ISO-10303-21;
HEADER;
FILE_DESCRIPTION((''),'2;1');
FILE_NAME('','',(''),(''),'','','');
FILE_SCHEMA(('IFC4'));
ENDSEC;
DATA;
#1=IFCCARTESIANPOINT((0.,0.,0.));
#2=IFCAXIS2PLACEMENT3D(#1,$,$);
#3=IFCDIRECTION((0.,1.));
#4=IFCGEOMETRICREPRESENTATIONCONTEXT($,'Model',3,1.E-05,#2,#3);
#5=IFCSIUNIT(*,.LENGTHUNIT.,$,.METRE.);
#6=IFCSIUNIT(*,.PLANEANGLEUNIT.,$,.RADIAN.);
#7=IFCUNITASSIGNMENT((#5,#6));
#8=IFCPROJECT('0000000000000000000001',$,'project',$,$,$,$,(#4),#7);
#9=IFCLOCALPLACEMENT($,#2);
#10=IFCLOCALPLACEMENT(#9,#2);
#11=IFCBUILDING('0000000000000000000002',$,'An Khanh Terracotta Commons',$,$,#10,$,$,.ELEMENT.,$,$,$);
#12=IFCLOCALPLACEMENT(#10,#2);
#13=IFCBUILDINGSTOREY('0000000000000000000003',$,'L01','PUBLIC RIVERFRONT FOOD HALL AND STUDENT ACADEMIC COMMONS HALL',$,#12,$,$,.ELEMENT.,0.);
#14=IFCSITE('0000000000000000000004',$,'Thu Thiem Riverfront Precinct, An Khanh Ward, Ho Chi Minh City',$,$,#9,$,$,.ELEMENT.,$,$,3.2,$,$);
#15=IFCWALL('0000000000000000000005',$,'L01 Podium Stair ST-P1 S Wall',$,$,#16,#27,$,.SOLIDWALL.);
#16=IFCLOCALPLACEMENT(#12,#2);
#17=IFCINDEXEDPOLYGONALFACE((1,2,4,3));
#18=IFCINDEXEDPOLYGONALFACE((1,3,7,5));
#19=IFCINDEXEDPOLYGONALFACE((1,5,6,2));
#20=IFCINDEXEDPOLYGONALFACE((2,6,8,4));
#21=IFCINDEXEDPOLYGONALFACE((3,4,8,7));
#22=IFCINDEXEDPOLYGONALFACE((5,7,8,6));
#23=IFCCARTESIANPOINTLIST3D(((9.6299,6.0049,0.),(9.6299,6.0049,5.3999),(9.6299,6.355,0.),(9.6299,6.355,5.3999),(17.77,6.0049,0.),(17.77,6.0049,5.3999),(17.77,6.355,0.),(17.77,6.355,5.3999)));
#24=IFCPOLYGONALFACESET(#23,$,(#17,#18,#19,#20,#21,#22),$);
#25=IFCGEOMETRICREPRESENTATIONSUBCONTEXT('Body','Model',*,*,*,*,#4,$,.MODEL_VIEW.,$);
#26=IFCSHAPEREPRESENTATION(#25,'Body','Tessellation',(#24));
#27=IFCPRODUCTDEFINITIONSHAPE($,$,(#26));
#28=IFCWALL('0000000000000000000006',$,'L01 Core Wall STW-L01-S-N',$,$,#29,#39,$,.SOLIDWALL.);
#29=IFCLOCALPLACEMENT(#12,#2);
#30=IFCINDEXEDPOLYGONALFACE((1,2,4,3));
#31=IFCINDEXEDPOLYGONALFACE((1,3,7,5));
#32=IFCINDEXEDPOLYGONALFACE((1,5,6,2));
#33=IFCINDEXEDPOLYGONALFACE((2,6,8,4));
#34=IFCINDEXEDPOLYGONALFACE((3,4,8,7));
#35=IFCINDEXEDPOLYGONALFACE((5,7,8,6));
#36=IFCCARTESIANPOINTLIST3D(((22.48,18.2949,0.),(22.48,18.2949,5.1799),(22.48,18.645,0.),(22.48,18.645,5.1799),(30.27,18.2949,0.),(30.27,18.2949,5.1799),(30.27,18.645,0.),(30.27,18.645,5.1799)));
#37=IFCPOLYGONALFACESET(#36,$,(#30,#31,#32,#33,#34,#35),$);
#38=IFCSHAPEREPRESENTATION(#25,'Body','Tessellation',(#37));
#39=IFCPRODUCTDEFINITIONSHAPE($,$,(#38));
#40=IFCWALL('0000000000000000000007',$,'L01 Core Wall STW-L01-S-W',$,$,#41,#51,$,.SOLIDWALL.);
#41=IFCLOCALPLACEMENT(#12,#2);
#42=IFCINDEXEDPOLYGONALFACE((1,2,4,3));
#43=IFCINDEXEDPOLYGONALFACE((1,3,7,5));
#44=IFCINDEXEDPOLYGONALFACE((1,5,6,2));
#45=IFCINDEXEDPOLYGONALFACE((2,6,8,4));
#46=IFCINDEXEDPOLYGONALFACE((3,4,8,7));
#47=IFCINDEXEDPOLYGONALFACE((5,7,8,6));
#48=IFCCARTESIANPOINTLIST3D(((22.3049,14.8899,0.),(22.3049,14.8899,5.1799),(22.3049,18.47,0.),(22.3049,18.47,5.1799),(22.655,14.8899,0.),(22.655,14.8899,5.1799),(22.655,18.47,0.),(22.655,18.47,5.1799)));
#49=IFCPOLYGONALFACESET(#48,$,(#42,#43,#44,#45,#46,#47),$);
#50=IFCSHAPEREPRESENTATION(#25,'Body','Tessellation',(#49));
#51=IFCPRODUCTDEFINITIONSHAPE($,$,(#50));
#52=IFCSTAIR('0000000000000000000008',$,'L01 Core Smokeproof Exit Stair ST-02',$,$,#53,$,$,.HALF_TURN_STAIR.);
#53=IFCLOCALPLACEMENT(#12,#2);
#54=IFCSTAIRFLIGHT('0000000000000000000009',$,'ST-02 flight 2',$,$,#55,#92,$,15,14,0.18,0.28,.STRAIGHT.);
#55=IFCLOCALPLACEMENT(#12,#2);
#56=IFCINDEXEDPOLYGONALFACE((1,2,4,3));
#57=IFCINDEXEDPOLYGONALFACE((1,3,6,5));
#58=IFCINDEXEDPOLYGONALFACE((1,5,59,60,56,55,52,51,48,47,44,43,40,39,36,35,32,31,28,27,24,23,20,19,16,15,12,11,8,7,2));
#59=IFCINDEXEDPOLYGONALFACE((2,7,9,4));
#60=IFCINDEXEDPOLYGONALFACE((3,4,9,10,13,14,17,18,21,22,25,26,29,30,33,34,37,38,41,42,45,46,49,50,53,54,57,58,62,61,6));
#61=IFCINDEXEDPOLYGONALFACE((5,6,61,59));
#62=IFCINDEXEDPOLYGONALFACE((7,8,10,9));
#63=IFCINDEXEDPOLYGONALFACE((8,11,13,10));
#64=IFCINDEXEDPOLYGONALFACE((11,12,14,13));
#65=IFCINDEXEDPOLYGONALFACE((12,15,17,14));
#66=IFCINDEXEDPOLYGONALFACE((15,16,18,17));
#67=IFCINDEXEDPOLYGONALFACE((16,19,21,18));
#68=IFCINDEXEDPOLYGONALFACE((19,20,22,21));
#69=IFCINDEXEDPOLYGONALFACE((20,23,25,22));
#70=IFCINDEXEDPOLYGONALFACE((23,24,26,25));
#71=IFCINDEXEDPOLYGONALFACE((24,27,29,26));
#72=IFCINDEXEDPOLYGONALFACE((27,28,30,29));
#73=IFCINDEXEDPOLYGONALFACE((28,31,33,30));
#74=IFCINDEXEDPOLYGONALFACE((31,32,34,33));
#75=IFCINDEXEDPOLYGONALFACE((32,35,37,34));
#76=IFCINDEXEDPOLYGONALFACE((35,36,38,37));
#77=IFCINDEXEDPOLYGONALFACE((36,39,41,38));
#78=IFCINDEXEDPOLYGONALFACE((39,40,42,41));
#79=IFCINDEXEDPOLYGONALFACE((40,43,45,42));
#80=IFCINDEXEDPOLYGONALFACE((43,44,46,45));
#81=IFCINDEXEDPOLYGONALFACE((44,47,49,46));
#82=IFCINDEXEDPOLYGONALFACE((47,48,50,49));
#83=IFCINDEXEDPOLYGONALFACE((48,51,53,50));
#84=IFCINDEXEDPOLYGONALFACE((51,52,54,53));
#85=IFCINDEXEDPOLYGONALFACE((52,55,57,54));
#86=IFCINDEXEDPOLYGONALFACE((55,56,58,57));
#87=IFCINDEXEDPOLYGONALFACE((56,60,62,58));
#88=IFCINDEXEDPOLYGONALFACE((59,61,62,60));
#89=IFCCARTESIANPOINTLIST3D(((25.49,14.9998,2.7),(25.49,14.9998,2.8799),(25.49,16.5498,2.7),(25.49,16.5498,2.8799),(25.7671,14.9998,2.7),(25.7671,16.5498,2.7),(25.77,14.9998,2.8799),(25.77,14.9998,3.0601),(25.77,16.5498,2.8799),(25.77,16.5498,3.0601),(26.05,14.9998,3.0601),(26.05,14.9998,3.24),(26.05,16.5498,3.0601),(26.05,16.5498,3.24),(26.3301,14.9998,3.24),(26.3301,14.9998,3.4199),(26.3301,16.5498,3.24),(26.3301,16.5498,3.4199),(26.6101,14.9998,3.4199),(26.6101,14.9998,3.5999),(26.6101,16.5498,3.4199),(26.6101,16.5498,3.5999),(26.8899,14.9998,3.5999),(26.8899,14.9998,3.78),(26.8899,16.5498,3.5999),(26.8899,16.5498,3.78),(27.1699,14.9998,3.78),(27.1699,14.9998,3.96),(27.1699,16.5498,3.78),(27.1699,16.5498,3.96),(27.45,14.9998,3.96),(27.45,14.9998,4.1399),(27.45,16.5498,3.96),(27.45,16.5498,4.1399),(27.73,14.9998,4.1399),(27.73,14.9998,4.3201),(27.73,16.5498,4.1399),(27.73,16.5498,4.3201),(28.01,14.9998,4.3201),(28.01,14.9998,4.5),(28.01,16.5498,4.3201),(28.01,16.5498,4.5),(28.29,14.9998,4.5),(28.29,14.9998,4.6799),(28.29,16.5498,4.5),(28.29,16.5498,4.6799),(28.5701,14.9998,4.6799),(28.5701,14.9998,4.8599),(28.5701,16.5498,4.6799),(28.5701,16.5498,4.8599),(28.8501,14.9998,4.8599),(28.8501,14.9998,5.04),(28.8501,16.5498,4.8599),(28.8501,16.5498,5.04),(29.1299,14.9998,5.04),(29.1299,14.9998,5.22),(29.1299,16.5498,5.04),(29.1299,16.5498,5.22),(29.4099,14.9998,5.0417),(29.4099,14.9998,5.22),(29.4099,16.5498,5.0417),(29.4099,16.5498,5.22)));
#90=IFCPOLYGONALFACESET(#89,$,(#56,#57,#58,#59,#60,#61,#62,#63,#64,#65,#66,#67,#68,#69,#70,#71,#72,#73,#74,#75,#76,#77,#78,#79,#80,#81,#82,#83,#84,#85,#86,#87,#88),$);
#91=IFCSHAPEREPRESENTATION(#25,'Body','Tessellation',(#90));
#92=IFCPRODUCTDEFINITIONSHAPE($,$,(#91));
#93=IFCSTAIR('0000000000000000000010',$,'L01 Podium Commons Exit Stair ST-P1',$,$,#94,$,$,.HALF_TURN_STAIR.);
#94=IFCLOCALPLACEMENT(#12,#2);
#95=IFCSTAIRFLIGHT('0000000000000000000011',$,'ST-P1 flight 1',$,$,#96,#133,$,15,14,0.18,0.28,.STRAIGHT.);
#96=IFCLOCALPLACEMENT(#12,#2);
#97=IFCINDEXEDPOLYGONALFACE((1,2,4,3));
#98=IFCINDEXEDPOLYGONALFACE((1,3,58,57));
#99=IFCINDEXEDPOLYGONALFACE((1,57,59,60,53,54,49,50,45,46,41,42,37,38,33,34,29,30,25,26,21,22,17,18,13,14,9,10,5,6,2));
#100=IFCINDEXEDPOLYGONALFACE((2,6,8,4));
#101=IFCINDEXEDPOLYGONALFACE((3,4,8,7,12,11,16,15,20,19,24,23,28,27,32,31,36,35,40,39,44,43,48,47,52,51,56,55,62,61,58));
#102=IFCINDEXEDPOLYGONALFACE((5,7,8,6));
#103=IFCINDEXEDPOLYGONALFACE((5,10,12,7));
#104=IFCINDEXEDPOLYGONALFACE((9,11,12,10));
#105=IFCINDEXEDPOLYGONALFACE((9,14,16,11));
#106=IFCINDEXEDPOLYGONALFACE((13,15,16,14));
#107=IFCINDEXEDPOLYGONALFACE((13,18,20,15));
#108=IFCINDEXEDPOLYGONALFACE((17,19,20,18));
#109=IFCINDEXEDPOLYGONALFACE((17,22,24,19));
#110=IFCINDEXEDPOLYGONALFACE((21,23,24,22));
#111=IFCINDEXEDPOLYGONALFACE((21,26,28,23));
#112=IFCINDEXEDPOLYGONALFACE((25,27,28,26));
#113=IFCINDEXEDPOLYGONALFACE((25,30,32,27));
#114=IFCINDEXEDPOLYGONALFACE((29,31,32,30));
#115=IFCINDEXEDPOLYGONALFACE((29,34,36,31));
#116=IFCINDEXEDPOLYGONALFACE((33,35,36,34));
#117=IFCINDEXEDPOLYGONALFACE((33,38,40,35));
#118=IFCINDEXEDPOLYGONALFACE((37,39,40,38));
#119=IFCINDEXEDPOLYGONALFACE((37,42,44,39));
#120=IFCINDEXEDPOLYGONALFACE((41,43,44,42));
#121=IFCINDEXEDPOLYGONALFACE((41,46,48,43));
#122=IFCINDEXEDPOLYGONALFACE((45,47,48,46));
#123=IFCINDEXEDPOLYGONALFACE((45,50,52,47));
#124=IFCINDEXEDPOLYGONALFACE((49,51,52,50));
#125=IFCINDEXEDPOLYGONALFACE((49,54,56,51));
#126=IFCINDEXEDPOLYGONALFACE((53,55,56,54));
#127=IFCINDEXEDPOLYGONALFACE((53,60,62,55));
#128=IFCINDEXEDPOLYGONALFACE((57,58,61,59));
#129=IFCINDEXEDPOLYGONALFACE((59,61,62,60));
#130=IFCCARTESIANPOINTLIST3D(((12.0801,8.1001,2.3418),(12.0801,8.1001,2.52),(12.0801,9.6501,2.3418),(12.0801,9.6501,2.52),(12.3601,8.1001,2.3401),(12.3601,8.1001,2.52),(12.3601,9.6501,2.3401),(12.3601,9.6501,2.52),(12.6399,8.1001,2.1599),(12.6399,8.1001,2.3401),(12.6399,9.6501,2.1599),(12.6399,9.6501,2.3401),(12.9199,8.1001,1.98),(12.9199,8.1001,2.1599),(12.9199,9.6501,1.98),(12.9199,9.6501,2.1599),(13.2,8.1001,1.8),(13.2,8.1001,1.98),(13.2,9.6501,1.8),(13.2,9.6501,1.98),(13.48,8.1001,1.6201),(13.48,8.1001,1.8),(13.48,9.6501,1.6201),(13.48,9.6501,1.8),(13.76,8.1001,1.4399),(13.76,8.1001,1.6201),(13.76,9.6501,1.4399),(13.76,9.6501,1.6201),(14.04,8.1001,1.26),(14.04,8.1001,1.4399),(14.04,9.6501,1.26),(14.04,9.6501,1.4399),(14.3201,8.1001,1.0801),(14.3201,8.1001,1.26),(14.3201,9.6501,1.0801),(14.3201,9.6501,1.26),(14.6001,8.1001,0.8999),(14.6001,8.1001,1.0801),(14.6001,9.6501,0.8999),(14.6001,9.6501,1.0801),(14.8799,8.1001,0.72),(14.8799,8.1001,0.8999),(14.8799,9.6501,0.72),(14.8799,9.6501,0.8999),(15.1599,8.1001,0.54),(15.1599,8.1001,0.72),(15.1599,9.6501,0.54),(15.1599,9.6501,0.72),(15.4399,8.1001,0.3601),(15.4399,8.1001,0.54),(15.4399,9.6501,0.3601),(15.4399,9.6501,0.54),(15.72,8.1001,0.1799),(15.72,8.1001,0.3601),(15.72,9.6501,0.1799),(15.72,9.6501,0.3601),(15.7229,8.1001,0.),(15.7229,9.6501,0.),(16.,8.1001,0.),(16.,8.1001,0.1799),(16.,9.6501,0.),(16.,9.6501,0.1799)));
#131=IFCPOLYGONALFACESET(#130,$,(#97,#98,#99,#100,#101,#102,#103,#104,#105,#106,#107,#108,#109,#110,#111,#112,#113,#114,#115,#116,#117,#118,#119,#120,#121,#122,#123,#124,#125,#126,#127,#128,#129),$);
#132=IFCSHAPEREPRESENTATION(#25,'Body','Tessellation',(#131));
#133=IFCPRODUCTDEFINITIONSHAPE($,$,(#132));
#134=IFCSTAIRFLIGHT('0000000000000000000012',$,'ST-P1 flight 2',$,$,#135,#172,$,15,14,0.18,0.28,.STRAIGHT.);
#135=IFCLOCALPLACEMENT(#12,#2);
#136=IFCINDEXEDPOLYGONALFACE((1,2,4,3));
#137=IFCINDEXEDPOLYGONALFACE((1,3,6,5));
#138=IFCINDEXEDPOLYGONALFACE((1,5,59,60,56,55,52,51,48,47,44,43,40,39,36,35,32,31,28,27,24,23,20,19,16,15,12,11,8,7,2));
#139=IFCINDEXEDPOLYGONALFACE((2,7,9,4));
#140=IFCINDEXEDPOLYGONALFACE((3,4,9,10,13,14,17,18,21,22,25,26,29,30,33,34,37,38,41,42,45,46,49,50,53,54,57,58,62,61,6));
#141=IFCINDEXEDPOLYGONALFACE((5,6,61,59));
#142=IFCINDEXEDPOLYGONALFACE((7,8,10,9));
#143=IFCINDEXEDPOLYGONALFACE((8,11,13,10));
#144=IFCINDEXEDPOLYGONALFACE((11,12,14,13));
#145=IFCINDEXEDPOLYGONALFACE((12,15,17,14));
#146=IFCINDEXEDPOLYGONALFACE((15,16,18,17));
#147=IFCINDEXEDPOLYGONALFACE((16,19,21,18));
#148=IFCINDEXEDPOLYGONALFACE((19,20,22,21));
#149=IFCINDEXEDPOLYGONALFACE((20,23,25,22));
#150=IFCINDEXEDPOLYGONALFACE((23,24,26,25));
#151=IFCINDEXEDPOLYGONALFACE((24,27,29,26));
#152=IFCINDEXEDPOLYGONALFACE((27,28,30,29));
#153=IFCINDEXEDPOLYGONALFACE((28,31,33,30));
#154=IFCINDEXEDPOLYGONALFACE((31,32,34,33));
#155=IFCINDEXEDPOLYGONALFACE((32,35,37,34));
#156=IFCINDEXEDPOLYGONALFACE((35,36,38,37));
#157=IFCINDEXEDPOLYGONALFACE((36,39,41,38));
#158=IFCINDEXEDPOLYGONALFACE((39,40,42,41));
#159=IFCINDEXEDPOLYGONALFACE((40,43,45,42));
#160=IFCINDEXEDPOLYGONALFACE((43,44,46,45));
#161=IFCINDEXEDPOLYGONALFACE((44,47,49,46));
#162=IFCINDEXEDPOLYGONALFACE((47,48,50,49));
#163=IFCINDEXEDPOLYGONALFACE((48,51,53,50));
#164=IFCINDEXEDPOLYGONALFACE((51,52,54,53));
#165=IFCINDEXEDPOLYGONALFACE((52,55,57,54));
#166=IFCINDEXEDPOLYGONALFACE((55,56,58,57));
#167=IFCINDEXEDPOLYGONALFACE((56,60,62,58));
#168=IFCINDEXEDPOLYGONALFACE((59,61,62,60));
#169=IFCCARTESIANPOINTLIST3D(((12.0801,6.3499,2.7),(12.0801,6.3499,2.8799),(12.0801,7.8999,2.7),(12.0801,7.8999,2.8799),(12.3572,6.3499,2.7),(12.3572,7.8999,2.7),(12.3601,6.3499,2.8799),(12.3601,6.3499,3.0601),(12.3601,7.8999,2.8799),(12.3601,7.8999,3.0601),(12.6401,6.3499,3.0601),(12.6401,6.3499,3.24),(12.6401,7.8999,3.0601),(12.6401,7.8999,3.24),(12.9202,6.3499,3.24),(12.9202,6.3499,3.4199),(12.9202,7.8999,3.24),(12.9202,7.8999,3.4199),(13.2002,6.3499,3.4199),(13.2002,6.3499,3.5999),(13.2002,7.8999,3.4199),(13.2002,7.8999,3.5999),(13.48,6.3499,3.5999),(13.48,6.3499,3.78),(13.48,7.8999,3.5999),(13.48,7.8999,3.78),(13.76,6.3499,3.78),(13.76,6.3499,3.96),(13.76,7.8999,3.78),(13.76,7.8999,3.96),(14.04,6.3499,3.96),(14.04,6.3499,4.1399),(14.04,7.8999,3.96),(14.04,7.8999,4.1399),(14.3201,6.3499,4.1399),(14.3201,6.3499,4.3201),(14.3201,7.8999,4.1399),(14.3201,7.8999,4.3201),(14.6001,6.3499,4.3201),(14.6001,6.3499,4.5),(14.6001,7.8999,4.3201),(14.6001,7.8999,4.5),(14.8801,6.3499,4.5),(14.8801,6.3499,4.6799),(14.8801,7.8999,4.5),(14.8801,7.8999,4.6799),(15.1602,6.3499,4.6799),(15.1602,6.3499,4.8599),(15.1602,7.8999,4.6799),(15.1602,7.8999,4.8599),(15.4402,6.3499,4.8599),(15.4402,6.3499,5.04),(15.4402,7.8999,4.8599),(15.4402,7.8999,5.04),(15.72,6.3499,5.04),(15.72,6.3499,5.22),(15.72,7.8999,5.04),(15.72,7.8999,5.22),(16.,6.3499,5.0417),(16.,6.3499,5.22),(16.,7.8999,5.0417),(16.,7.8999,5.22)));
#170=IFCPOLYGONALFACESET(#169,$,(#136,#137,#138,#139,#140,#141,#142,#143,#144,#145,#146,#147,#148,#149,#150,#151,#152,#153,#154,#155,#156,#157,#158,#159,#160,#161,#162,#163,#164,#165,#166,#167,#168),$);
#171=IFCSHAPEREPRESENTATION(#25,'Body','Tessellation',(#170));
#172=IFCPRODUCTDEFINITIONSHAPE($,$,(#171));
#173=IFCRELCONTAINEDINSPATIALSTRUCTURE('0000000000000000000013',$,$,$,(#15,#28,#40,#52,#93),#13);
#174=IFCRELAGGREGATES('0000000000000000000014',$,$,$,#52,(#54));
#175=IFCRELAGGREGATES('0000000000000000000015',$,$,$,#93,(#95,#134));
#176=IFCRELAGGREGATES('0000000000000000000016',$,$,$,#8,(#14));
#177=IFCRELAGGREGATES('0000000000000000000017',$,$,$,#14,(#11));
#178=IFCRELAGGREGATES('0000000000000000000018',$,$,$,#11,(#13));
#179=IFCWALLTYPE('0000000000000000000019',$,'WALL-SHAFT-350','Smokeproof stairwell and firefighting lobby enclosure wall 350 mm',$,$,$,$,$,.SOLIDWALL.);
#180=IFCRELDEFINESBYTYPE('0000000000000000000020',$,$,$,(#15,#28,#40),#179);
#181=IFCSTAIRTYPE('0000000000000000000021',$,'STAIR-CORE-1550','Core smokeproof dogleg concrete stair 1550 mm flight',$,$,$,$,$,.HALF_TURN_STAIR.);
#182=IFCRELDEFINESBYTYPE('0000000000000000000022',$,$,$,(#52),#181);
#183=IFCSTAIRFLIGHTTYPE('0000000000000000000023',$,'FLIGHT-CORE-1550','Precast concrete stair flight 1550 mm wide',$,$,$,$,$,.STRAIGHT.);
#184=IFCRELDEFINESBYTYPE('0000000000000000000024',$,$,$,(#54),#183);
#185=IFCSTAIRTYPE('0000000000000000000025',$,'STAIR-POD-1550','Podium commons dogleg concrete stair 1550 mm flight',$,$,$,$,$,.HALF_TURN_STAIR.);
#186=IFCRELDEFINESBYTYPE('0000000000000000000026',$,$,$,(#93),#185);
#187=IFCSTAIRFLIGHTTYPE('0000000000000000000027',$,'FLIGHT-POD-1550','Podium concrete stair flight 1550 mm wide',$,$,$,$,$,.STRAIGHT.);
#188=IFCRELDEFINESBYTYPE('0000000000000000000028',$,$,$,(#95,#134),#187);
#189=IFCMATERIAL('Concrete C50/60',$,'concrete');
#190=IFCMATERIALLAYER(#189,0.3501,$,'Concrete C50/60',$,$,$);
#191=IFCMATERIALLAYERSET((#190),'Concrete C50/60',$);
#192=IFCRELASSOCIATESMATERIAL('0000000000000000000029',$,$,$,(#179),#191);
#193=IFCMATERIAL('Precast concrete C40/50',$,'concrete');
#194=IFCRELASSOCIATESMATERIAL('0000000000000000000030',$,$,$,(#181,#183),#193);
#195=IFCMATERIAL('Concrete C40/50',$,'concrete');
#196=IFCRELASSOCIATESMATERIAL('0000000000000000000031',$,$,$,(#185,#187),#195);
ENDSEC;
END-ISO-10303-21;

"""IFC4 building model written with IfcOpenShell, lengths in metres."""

from ifc_helpers import new_model, si_unit, direction, frame, frame_2d, origin, place, context, subcontext, project, spatial, polyline, rectangle, outline, extrude, material, layer, layer_set, type_object, element, aggregate, save


model = new_model("IFC4")

# Units and contexts
model_context = context("Model", 3, precision=1e-05, world=origin(), true_north=direction((0.0, 1.0)))
body_context = subcontext(model_context, "Body", "Model", "MODEL_VIEW")
ifc_project = project(units=[si_unit("LENGTHUNIT", "METRE"), si_unit("PLANEANGLEUNIT", "RADIAN")], contexts=[model_context])

# Site, building, storey
site_placement = place(None, origin())
site = spatial("IfcSite", under=ifc_project, at=site_placement, Name="Thu Thiem Riverfront Precinct, An Khanh Ward, Ho Chi Minh City", CompositionType="ELEMENT", RefElevation=3.2)
building_placement = place(site_placement, origin())
building = spatial("IfcBuilding", under=site, at=building_placement, Name="An Khanh Terracotta Commons", CompositionType="ELEMENT")
storey_placement = place(building_placement, origin())
storey = spatial("IfcBuildingStorey", under=building, at=storey_placement, Name="L01", Description="PUBLIC RIVERFRONT FOOD HALL AND STUDENT ACADEMIC COMMONS HALL", CompositionType="ELEMENT", Elevation=0.0)

# Wall
ifc_material_1 = material(Name="Concrete C50/60", Category="concrete")
ifc_layer_1 = layer(ifc_material_1, 0.3501, Name="Concrete C50/60")
ifc_layer_set_1 = layer_set([ifc_layer_1], Name="Concrete C50/60")
wall_type_1 = type_object("IfcWallType", Name="WALL-SHAFT-350", Description="Smokeproof stairwell and firefighting lobby enclosure wall 350 mm", PredefinedType="SOLIDWALL", material=ifc_layer_set_1)
for number, where, z_axis, x_axis, name in (
    (1, (17.77, 6.1799, 0.0), (0.0, 0.0, 1.0), (-1.0, 0.0, 0.0), "L01 Podium Stair ST-P1 S Wall"),
):
    element("IfcWall", number, at=place(storey_placement, frame(where, z_axis=z_axis, x_axis=x_axis)), inside=storey, type_object=wall_type_1, Name=name, PredefinedType="SOLIDWALL", context=body_context, shape_type="SweptSolid", body=[
        extrude(rectangle(XDim=8.1401, YDim=0.3501, at=frame_2d((4.0701, 0.0))), origin(), (0.0, 0.0, 1.0), 5.3999),
    ])

# Walls
wall_1_placement = place(storey_placement, frame((22.48, 18.47, 0.0), z_axis=(0.0, 0.0, 1.0), x_axis=(1.0, 0.0, 0.0)))
element("IfcWall", 2, at=wall_1_placement, inside=storey, type_object=wall_type_1, Name="L01 Core Wall STW-L01-S-N", PredefinedType="SOLIDWALL", context=body_context, shape_type="SweptSolid", body=[
    extrude(rectangle(XDim=7.79, YDim=0.3501, at=frame_2d((3.895, 0.0))), origin(), (0.0, 0.0, 1.0), 5.1799),
])
wall_2_placement = place(storey_placement, frame((22.48, 14.8899, 0.0), z_axis=(0.0, 0.0, 1.0), x_axis=(0.0, 1.0, 0.0)))
element("IfcWall", 3, at=wall_2_placement, inside=storey, type_object=wall_type_1, Name="L01 Core Wall STW-L01-S-W", PredefinedType="SOLIDWALL", context=body_context, shape_type="SweptSolid", body=[
    extrude(rectangle(XDim=3.5801, YDim=0.3501, at=frame_2d((1.79, 0.0))), origin(), (0.0, 0.0, 1.0), 5.1799),
])

# Stair, stair flight
ifc_material_2 = material(Name="Precast concrete C40/50", Category="concrete")
stair_type_1 = type_object("IfcStairType", Name="STAIR-CORE-1550", Description="Core smokeproof dogleg concrete stair 1550 mm flight", PredefinedType="HALF_TURN_STAIR", material=ifc_material_2)
stair_1_placement = place(storey_placement, origin())
stair_1 = element("IfcStair", 4, at=stair_1_placement, inside=storey, type_object=stair_type_1, Name="L01 Core Smokeproof Exit Stair ST-02", PredefinedType="HALF_TURN_STAIR")
stair_flight_type_1 = type_object("IfcStairFlightType", Name="FLIGHT-CORE-1550", Description="Precast concrete stair flight 1550 mm wide", PredefinedType="STRAIGHT", material=ifc_material_2)
stair_flight_1_placement = place(storey_placement, frame((25.49, 15.7749, 2.7), z_axis=(0.0, 0.0, 1.0), x_axis=(1.0, 0.0, 0.0)))
stair_flight_1 = element("IfcStairFlight", 5, at=stair_flight_1_placement, type_object=stair_flight_type_1, Name="ST-02 flight 2", NumberOfRisers=15, NumberOfTreads=14, PredefinedType="STRAIGHT", RiserHeight=0.18, TreadLength=0.28, context=body_context, shape_type="SweptSolid", body=[
    extrude(outline(polyline([(0.0, 0.0), (0.0, 0.1799), (0.28, 0.1799), (0.28, 0.3601), (0.5601, 0.3601), (0.5601, 0.54), (0.8401, 0.54), (0.8401, 0.72), (1.1201, 0.72), (1.1201, 0.8999), (1.3999, 0.8999), (1.3999, 1.0801), (1.6799, 1.0801), (1.6799, 1.26), (1.96, 1.26), (1.96, 1.4399), (2.24, 1.4399), (2.24, 1.6201), (2.52, 1.6201), (2.52, 1.8), (2.8, 1.8), (2.8, 1.98), (3.0801, 1.98), (3.0801, 2.1599), (3.3601, 2.1599), (3.3601, 2.3401), (3.6399, 2.3401), (3.6399, 2.52), (3.9199, 2.52), (3.9199, 2.7), (3.9199, 2.3418), (0.2771, 0.0), (0.0, 0.0)])), frame((0.0, 0.7749, 0.0), z_axis=(0.0, -1.0, 0.0), x_axis=(1.0, 0.0, 0.0)), (0.0, 0.0, 1.0), 1.55),
])
aggregate(stair_1, [stair_flight_1])

# Stair, stair flights
ifc_material_3 = material(Name="Concrete C40/50", Category="concrete")
stair_type_2 = type_object("IfcStairType", Name="STAIR-POD-1550", Description="Podium commons dogleg concrete stair 1550 mm flight", PredefinedType="HALF_TURN_STAIR", material=ifc_material_3)
stair_2_placement = place(storey_placement, origin())
stair_2 = element("IfcStair", 6, at=stair_2_placement, inside=storey, type_object=stair_type_2, Name="L01 Podium Commons Exit Stair ST-P1", PredefinedType="HALF_TURN_STAIR")
stair_flight_type_2 = type_object("IfcStairFlightType", Name="FLIGHT-POD-1550", Description="Podium concrete stair flight 1550 mm wide", PredefinedType="STRAIGHT", material=ifc_material_3)
stair_flight_2_placement = place(storey_placement, frame((16.0, 8.875, 0.0), z_axis=(0.0, 0.0, 1.0), x_axis=(-1.0, 0.0, 0.0)))
stair_flight_2 = element("IfcStairFlight", 7, at=stair_flight_2_placement, type_object=stair_flight_type_2, Name="ST-P1 flight 1", NumberOfRisers=15, NumberOfTreads=14, PredefinedType="STRAIGHT", RiserHeight=0.18, TreadLength=0.28, context=body_context, shape_type="SweptSolid", body=[
    extrude(outline(polyline([(0.0, 0.0), (0.0, 0.1799), (0.28, 0.1799), (0.28, 0.3601), (0.5601, 0.3601), (0.5601, 0.54), (0.8401, 0.54), (0.8401, 0.72), (1.1201, 0.72), (1.1201, 0.8999), (1.3999, 0.8999), (1.3999, 1.0801), (1.6799, 1.0801), (1.6799, 1.26), (1.96, 1.26), (1.96, 1.4399), (2.24, 1.4399), (2.24, 1.6201), (2.52, 1.6201), (2.52, 1.8), (2.8, 1.8), (2.8, 1.98), (3.0801, 1.98), (3.0801, 2.1599), (3.3601, 2.1599), (3.3601, 2.3401), (3.6399, 2.3401), (3.6399, 2.52), (3.9199, 2.52), (3.9199, 2.7), (3.9199, 2.3418), (0.2771, 0.0), (0.0, 0.0)])), frame((0.0, 0.7749, 0.0), z_axis=(0.0, -1.0, 0.0), x_axis=(1.0, 0.0, 0.0)), (0.0, 0.0, 1.0), 1.55),
])
stair_flight_3_placement = place(storey_placement, frame((12.0801, 7.125, 2.7), z_axis=(0.0, 0.0, 1.0), x_axis=(1.0, 0.0, 0.0)))
stair_flight_3 = element("IfcStairFlight", 8, at=stair_flight_3_placement, type_object=stair_flight_type_2, Name="ST-P1 flight 2", NumberOfRisers=15, NumberOfTreads=14, PredefinedType="STRAIGHT", RiserHeight=0.18, TreadLength=0.28, context=body_context, shape_type="SweptSolid", body=[
    extrude(outline(polyline([(0.0, 0.0), (0.0, 0.1799), (0.28, 0.1799), (0.28, 0.3601), (0.5601, 0.3601), (0.5601, 0.54), (0.8401, 0.54), (0.8401, 0.72), (1.1201, 0.72), (1.1201, 0.8999), (1.3999, 0.8999), (1.3999, 1.0801), (1.6799, 1.0801), (1.6799, 1.26), (1.96, 1.26), (1.96, 1.4399), (2.24, 1.4399), (2.24, 1.6201), (2.52, 1.6201), (2.52, 1.8), (2.8, 1.8), (2.8, 1.98), (3.0801, 1.98), (3.0801, 2.1599), (3.3601, 2.1599), (3.3601, 2.3401), (3.6399, 2.3401), (3.6399, 2.52), (3.9199, 2.52), (3.9199, 2.7), (3.9199, 2.3418), (0.2771, 0.0), (0.0, 0.0)])), frame((0.0, 0.7749, 0.0), z_axis=(0.0, -1.0, 0.0), x_axis=(1.0, 0.0, 0.0)), (0.0, 0.0, 1.0), 1.55),
])
aggregate(stair_2, [stair_flight_2, stair_flight_3])

save(model, "model.ifc")
